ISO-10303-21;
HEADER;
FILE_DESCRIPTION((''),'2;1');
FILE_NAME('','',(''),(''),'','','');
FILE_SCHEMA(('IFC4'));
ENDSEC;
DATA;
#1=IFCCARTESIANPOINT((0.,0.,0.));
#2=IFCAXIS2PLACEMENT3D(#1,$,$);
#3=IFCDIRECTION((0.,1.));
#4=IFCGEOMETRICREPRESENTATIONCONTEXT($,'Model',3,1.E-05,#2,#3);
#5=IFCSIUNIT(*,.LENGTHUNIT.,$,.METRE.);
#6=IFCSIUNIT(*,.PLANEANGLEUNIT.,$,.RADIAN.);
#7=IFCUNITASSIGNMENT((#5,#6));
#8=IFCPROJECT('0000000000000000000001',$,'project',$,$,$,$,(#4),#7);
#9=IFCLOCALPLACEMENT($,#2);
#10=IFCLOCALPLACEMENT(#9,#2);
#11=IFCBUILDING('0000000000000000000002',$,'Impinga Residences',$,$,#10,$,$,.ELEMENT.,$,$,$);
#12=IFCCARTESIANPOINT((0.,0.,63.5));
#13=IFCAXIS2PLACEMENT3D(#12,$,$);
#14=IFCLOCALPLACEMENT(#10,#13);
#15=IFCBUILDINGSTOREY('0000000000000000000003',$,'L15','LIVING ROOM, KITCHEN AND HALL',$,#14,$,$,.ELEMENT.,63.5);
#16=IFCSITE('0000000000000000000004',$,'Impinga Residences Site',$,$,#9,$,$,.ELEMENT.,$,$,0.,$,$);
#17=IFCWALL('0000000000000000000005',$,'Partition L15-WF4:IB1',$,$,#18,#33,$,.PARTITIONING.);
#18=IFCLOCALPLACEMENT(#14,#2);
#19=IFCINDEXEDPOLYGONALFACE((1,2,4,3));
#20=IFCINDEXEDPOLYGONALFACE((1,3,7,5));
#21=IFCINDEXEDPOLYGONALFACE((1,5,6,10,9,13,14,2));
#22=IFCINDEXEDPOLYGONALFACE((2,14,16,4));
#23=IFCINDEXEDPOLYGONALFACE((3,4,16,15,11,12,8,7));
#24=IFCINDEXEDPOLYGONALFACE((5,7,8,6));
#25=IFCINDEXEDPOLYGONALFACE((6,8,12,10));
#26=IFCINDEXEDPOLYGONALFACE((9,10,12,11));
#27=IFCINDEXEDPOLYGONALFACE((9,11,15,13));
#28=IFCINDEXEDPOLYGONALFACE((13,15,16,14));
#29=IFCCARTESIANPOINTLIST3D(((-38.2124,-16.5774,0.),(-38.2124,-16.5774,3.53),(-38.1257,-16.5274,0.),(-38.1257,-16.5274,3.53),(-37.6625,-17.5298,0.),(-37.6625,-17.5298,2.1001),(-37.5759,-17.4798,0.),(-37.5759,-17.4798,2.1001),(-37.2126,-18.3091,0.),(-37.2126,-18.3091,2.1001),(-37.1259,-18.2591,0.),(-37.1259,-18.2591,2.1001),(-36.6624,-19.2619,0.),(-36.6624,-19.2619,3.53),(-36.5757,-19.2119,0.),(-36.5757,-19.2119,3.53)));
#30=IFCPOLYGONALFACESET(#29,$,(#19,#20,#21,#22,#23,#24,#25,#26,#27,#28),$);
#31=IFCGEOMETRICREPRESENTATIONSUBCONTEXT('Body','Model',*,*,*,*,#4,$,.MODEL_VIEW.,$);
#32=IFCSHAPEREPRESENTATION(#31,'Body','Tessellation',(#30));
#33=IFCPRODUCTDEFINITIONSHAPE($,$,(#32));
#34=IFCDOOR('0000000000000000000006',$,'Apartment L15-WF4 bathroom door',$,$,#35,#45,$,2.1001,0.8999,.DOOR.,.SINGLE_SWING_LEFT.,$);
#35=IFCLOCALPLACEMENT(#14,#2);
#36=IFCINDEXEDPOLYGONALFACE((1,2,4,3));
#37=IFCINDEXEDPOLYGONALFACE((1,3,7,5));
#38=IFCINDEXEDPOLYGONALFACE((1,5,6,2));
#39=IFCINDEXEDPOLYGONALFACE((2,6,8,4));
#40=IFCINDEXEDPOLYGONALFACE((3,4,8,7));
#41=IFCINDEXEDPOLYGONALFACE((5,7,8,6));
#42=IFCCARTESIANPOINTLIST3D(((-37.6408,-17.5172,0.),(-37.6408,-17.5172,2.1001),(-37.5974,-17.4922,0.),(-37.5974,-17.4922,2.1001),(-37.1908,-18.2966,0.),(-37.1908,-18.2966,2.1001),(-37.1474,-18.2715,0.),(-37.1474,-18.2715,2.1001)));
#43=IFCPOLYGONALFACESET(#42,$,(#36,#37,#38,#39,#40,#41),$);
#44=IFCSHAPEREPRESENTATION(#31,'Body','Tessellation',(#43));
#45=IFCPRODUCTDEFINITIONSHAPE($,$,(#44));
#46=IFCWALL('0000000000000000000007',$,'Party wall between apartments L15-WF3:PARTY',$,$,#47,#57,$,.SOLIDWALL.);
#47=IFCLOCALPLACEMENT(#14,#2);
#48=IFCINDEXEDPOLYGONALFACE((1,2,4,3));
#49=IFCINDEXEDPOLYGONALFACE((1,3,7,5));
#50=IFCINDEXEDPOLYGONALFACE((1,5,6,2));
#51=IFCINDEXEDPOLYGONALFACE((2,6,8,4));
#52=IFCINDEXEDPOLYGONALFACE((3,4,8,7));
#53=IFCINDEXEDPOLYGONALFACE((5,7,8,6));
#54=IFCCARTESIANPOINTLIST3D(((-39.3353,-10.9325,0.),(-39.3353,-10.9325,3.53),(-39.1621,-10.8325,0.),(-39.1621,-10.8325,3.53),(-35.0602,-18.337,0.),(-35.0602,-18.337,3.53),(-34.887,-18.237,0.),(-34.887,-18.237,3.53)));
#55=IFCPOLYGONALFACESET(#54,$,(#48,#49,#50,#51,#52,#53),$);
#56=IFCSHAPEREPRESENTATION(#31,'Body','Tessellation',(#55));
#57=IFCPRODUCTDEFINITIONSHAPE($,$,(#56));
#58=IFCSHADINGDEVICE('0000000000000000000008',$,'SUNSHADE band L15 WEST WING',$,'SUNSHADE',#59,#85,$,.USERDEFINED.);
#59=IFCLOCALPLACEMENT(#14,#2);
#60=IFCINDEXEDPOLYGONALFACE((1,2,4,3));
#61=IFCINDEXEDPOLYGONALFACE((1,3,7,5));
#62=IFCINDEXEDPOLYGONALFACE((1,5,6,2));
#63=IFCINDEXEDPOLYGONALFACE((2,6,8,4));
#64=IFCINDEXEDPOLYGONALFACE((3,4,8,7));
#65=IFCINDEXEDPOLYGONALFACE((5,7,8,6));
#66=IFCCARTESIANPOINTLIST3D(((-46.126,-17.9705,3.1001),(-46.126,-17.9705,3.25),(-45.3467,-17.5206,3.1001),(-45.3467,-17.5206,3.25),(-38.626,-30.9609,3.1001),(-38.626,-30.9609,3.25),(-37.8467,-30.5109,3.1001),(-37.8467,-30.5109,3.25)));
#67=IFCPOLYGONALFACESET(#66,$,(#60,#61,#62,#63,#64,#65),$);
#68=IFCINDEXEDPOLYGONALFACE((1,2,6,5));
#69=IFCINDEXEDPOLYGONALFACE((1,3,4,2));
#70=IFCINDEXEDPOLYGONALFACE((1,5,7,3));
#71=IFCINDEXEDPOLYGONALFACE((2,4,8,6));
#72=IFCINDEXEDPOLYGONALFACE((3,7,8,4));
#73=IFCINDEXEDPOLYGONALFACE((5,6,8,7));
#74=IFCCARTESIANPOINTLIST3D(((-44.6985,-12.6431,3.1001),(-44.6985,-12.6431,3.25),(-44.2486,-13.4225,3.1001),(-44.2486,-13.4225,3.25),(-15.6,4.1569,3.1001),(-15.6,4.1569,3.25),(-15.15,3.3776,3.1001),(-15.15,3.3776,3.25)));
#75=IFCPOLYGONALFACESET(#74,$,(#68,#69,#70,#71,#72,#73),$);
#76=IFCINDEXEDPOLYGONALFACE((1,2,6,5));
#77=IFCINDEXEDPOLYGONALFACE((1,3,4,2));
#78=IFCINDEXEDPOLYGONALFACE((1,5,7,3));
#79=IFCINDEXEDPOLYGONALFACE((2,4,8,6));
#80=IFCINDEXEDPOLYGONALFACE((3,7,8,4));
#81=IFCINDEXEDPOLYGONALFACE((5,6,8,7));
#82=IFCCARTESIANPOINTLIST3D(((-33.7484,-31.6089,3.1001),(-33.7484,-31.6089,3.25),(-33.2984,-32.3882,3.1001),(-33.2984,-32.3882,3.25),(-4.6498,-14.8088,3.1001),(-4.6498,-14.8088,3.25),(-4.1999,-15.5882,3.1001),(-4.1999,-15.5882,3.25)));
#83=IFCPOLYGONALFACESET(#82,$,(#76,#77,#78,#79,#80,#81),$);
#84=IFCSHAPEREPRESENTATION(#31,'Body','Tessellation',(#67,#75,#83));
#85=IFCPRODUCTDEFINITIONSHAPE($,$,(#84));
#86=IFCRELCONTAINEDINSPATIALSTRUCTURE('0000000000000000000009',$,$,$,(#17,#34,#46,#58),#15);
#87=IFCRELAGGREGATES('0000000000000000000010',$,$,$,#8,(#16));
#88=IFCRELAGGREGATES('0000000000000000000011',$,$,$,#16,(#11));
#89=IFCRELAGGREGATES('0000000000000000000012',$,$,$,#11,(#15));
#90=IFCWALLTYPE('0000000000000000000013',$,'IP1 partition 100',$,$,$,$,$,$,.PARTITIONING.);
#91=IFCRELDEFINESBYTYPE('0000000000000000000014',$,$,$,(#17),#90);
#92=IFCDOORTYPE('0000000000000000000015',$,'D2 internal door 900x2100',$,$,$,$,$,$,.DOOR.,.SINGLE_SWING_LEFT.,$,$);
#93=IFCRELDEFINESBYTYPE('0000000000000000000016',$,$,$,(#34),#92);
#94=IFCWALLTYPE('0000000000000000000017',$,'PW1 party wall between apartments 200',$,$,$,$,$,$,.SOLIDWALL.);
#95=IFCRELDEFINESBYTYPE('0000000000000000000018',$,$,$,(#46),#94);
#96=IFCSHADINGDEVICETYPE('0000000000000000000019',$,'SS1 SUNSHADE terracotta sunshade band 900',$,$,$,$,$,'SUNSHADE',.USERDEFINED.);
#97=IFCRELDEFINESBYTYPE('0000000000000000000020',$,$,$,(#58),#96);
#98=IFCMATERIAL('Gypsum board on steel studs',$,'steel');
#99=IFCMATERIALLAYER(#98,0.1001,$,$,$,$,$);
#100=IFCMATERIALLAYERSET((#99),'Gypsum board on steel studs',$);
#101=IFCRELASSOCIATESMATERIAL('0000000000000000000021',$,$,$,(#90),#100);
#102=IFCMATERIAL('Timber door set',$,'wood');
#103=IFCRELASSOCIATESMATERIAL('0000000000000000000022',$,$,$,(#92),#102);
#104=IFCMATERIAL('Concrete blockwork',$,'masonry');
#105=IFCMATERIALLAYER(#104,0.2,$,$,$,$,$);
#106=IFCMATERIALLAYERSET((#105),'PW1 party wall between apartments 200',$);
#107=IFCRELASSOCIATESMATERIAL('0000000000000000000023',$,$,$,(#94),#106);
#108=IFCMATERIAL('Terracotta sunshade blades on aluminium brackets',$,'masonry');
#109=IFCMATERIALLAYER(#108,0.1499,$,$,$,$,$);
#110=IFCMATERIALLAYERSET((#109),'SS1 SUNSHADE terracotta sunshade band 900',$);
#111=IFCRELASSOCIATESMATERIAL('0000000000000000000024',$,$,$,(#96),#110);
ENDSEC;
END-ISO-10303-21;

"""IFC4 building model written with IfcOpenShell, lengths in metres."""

from ifc_helpers import new_model, si_unit, direction, frame, frame_2d, origin, origin_2d, place, context, subcontext, project, spatial, rectangle, extrude, material, layer, layer_set, type_object, element, fill, save


model = new_model("IFC4")

# Units and contexts
model_context = context("Model", 3, precision=1e-05, world=origin(), true_north=direction((0.0, 1.0)))
body_context = subcontext(model_context, "Body", "Model", "MODEL_VIEW")
ifc_project = project(units=[si_unit("LENGTHUNIT", "METRE"), si_unit("PLANEANGLEUNIT", "RADIAN")], contexts=[model_context])

# Site, building, storey
site_placement = place(None, origin())
site = spatial("IfcSite", under=ifc_project, at=site_placement, Name="Impinga Residences Site", CompositionType="ELEMENT", RefElevation=0.0)
building_placement = place(site_placement, origin())
building = spatial("IfcBuilding", under=site, at=building_placement, Name="Impinga Residences", CompositionType="ELEMENT")
storey_placement = place(building_placement, frame((0.0, 0.0, 63.5)))
storey = spatial("IfcBuildingStorey", under=building, at=storey_placement, Name="L15", Description="LIVING ROOM, KITCHEN AND HALL", CompositionType="ELEMENT", Elevation=63.5)

# Shared definitions
ifc_material_1 = material(Name="Gypsum board on steel studs", Category="steel")
ifc_layer_1 = layer(ifc_material_1, 0.1001)
ifc_layer_set_1 = layer_set([ifc_layer_1], Name="Gypsum board on steel studs")
wall_type_1 = type_object("IfcWallType", Name="IP1 partition 100", PredefinedType="PARTITIONING", material=ifc_layer_set_1)

# Wall, opening, door
ifc_material_2 = material(Name="Timber door set", Category="wood")
door_type = type_object("IfcDoorType", Name="D2 internal door 900x2100", OperationType="SINGLE_SWING_LEFT", PredefinedType="DOOR", material=ifc_material_2)
wall_1_placement = place(storey_placement, frame((-36.6191, -19.2368, 0.0), z_axis=(0.0, 0.0, 1.0), x_axis=(-0.500027, 0.86601, 0.0)))
wall_1 = element("IfcWall", 1, at=wall_1_placement, inside=storey, type_object=wall_type_1, Name="Partition L15-WF4:IB1", PredefinedType="PARTITIONING", context=body_context, shape_type="SweptSolid", body=[
    extrude(rectangle(XDim=3.0999, YDim=0.1001, at=frame_2d((1.5498, 0.0))), origin(), (0.0, 0.0, 1.0), 3.53),
])
opening_1_placement = place(wall_1_placement, frame((1.1001, 0.0, 0.0)))
opening_1 = element("IfcOpeningElement", 2, at=opening_1_placement, cuts=wall_1, PredefinedType="OPENING", context=body_context, shape_type="SweptSolid", body=[
    extrude(rectangle(XDim=0.8999, YDim=2.1001, at=frame_2d((0.45, 1.05))), frame((0.0, 0.0601, 0.0), z_axis=(0.0, -1.0, 0.0), x_axis=(1.0, 0.0, 0.0)), (0.0, 0.0, 1.0), 0.1201),
])
door_1_placement = place(opening_1_placement, origin())
door_1 = element("IfcDoor", 3, at=door_1_placement, inside=storey, type_object=door_type, Name="Apartment L15-WF4 bathroom door", OperationType="SINGLE_SWING_LEFT", OverallHeight=2.1001, OverallWidth=0.8999, PredefinedType="DOOR", context=body_context, shape_type="SweptSolid", body=[
    extrude(rectangle(XDim=0.8999, YDim=2.1001, at=frame_2d((0.45, 1.05))), frame((0.0, 0.0249, 0.0), z_axis=(0.0, -1.0, 0.0), x_axis=(1.0, 0.0, 0.0)), (0.0, 0.0, 1.0), 0.05),
])
fill(opening_1, door_1)

# Wall
ifc_material_3 = material(Name="Concrete blockwork", Category="masonry")
ifc_layer_2 = layer(ifc_material_3, 0.2)
ifc_layer_set_2 = layer_set([ifc_layer_2], Name="PW1 party wall between apartments 200")
wall_type_2 = type_object("IfcWallType", Name="PW1 party wall between apartments 200", PredefinedType="SOLIDWALL", material=ifc_layer_set_2)
wall_2_placement = place(storey_placement, frame((-34.9736, -18.2869, 0.0), z_axis=(0.0, 0.0, 1.0), x_axis=(-0.500012, 0.866019, 0.0)))
element("IfcWall", 4, at=wall_2_placement, inside=storey, type_object=wall_type_2, Name="Party wall between apartments L15-WF3:PARTY", PredefinedType="SOLIDWALL", context=body_context, shape_type="SweptSolid", body=[
    extrude(rectangle(XDim=8.55, YDim=0.2, at=frame_2d((4.2749, 0.0))), origin(), (0.0, 0.0, 1.0), 3.53),
])

# Shading device
ifc_material_4 = material(Name="Terracotta sunshade blades on aluminium brackets", Category="masonry")
ifc_layer_3 = layer(ifc_material_4, 0.1499)
ifc_layer_set_3 = layer_set([ifc_layer_3], Name="SS1 SUNSHADE terracotta sunshade band 900")
shading_device_type = type_object("IfcShadingDeviceType", Name="SS1 SUNSHADE terracotta sunshade band 900", ElementType="SUNSHADE", PredefinedType="USERDEFINED", material=ifc_layer_set_3)
shading_device_placement = place(storey_placement, frame((-41.9863, -24.2407, 3.1001), z_axis=(0.0, 0.0, 1.0), x_axis=(-0.5, 0.866025, 0.0)))
element("IfcShadingDevice", 5, at=shading_device_placement, inside=storey, type_object=shading_device_type, Name="SUNSHADE band L15 WEST WING", ObjectType="SUNSHADE", PredefinedType="USERDEFINED", context=body_context, shape_type="SweptSolid", body=[
    extrude(rectangle(XDim=15.0, YDim=0.8999, at=origin_2d()), origin(), (0.0, 0.0, 1.0), 0.1499),
    extrude(rectangle(XDim=33.6001, YDim=0.8999, at=origin_2d()), frame((10.95, -20.25, 0.0), z_axis=(0.0, 0.0, 1.0), x_axis=(0.0, -1.0, 0.0)), (0.0, 0.0, 1.0), 0.1499),
    extrude(rectangle(XDim=33.6001, YDim=0.8999, at=origin_2d()), frame((-10.95, -20.2502, 0.0), z_axis=(0.0, 0.0, 1.0), x_axis=(0.0, 1.0, 0.0)), (0.0, 0.0, 1.0), 0.1499),
])

save(model, "model.ifc")
